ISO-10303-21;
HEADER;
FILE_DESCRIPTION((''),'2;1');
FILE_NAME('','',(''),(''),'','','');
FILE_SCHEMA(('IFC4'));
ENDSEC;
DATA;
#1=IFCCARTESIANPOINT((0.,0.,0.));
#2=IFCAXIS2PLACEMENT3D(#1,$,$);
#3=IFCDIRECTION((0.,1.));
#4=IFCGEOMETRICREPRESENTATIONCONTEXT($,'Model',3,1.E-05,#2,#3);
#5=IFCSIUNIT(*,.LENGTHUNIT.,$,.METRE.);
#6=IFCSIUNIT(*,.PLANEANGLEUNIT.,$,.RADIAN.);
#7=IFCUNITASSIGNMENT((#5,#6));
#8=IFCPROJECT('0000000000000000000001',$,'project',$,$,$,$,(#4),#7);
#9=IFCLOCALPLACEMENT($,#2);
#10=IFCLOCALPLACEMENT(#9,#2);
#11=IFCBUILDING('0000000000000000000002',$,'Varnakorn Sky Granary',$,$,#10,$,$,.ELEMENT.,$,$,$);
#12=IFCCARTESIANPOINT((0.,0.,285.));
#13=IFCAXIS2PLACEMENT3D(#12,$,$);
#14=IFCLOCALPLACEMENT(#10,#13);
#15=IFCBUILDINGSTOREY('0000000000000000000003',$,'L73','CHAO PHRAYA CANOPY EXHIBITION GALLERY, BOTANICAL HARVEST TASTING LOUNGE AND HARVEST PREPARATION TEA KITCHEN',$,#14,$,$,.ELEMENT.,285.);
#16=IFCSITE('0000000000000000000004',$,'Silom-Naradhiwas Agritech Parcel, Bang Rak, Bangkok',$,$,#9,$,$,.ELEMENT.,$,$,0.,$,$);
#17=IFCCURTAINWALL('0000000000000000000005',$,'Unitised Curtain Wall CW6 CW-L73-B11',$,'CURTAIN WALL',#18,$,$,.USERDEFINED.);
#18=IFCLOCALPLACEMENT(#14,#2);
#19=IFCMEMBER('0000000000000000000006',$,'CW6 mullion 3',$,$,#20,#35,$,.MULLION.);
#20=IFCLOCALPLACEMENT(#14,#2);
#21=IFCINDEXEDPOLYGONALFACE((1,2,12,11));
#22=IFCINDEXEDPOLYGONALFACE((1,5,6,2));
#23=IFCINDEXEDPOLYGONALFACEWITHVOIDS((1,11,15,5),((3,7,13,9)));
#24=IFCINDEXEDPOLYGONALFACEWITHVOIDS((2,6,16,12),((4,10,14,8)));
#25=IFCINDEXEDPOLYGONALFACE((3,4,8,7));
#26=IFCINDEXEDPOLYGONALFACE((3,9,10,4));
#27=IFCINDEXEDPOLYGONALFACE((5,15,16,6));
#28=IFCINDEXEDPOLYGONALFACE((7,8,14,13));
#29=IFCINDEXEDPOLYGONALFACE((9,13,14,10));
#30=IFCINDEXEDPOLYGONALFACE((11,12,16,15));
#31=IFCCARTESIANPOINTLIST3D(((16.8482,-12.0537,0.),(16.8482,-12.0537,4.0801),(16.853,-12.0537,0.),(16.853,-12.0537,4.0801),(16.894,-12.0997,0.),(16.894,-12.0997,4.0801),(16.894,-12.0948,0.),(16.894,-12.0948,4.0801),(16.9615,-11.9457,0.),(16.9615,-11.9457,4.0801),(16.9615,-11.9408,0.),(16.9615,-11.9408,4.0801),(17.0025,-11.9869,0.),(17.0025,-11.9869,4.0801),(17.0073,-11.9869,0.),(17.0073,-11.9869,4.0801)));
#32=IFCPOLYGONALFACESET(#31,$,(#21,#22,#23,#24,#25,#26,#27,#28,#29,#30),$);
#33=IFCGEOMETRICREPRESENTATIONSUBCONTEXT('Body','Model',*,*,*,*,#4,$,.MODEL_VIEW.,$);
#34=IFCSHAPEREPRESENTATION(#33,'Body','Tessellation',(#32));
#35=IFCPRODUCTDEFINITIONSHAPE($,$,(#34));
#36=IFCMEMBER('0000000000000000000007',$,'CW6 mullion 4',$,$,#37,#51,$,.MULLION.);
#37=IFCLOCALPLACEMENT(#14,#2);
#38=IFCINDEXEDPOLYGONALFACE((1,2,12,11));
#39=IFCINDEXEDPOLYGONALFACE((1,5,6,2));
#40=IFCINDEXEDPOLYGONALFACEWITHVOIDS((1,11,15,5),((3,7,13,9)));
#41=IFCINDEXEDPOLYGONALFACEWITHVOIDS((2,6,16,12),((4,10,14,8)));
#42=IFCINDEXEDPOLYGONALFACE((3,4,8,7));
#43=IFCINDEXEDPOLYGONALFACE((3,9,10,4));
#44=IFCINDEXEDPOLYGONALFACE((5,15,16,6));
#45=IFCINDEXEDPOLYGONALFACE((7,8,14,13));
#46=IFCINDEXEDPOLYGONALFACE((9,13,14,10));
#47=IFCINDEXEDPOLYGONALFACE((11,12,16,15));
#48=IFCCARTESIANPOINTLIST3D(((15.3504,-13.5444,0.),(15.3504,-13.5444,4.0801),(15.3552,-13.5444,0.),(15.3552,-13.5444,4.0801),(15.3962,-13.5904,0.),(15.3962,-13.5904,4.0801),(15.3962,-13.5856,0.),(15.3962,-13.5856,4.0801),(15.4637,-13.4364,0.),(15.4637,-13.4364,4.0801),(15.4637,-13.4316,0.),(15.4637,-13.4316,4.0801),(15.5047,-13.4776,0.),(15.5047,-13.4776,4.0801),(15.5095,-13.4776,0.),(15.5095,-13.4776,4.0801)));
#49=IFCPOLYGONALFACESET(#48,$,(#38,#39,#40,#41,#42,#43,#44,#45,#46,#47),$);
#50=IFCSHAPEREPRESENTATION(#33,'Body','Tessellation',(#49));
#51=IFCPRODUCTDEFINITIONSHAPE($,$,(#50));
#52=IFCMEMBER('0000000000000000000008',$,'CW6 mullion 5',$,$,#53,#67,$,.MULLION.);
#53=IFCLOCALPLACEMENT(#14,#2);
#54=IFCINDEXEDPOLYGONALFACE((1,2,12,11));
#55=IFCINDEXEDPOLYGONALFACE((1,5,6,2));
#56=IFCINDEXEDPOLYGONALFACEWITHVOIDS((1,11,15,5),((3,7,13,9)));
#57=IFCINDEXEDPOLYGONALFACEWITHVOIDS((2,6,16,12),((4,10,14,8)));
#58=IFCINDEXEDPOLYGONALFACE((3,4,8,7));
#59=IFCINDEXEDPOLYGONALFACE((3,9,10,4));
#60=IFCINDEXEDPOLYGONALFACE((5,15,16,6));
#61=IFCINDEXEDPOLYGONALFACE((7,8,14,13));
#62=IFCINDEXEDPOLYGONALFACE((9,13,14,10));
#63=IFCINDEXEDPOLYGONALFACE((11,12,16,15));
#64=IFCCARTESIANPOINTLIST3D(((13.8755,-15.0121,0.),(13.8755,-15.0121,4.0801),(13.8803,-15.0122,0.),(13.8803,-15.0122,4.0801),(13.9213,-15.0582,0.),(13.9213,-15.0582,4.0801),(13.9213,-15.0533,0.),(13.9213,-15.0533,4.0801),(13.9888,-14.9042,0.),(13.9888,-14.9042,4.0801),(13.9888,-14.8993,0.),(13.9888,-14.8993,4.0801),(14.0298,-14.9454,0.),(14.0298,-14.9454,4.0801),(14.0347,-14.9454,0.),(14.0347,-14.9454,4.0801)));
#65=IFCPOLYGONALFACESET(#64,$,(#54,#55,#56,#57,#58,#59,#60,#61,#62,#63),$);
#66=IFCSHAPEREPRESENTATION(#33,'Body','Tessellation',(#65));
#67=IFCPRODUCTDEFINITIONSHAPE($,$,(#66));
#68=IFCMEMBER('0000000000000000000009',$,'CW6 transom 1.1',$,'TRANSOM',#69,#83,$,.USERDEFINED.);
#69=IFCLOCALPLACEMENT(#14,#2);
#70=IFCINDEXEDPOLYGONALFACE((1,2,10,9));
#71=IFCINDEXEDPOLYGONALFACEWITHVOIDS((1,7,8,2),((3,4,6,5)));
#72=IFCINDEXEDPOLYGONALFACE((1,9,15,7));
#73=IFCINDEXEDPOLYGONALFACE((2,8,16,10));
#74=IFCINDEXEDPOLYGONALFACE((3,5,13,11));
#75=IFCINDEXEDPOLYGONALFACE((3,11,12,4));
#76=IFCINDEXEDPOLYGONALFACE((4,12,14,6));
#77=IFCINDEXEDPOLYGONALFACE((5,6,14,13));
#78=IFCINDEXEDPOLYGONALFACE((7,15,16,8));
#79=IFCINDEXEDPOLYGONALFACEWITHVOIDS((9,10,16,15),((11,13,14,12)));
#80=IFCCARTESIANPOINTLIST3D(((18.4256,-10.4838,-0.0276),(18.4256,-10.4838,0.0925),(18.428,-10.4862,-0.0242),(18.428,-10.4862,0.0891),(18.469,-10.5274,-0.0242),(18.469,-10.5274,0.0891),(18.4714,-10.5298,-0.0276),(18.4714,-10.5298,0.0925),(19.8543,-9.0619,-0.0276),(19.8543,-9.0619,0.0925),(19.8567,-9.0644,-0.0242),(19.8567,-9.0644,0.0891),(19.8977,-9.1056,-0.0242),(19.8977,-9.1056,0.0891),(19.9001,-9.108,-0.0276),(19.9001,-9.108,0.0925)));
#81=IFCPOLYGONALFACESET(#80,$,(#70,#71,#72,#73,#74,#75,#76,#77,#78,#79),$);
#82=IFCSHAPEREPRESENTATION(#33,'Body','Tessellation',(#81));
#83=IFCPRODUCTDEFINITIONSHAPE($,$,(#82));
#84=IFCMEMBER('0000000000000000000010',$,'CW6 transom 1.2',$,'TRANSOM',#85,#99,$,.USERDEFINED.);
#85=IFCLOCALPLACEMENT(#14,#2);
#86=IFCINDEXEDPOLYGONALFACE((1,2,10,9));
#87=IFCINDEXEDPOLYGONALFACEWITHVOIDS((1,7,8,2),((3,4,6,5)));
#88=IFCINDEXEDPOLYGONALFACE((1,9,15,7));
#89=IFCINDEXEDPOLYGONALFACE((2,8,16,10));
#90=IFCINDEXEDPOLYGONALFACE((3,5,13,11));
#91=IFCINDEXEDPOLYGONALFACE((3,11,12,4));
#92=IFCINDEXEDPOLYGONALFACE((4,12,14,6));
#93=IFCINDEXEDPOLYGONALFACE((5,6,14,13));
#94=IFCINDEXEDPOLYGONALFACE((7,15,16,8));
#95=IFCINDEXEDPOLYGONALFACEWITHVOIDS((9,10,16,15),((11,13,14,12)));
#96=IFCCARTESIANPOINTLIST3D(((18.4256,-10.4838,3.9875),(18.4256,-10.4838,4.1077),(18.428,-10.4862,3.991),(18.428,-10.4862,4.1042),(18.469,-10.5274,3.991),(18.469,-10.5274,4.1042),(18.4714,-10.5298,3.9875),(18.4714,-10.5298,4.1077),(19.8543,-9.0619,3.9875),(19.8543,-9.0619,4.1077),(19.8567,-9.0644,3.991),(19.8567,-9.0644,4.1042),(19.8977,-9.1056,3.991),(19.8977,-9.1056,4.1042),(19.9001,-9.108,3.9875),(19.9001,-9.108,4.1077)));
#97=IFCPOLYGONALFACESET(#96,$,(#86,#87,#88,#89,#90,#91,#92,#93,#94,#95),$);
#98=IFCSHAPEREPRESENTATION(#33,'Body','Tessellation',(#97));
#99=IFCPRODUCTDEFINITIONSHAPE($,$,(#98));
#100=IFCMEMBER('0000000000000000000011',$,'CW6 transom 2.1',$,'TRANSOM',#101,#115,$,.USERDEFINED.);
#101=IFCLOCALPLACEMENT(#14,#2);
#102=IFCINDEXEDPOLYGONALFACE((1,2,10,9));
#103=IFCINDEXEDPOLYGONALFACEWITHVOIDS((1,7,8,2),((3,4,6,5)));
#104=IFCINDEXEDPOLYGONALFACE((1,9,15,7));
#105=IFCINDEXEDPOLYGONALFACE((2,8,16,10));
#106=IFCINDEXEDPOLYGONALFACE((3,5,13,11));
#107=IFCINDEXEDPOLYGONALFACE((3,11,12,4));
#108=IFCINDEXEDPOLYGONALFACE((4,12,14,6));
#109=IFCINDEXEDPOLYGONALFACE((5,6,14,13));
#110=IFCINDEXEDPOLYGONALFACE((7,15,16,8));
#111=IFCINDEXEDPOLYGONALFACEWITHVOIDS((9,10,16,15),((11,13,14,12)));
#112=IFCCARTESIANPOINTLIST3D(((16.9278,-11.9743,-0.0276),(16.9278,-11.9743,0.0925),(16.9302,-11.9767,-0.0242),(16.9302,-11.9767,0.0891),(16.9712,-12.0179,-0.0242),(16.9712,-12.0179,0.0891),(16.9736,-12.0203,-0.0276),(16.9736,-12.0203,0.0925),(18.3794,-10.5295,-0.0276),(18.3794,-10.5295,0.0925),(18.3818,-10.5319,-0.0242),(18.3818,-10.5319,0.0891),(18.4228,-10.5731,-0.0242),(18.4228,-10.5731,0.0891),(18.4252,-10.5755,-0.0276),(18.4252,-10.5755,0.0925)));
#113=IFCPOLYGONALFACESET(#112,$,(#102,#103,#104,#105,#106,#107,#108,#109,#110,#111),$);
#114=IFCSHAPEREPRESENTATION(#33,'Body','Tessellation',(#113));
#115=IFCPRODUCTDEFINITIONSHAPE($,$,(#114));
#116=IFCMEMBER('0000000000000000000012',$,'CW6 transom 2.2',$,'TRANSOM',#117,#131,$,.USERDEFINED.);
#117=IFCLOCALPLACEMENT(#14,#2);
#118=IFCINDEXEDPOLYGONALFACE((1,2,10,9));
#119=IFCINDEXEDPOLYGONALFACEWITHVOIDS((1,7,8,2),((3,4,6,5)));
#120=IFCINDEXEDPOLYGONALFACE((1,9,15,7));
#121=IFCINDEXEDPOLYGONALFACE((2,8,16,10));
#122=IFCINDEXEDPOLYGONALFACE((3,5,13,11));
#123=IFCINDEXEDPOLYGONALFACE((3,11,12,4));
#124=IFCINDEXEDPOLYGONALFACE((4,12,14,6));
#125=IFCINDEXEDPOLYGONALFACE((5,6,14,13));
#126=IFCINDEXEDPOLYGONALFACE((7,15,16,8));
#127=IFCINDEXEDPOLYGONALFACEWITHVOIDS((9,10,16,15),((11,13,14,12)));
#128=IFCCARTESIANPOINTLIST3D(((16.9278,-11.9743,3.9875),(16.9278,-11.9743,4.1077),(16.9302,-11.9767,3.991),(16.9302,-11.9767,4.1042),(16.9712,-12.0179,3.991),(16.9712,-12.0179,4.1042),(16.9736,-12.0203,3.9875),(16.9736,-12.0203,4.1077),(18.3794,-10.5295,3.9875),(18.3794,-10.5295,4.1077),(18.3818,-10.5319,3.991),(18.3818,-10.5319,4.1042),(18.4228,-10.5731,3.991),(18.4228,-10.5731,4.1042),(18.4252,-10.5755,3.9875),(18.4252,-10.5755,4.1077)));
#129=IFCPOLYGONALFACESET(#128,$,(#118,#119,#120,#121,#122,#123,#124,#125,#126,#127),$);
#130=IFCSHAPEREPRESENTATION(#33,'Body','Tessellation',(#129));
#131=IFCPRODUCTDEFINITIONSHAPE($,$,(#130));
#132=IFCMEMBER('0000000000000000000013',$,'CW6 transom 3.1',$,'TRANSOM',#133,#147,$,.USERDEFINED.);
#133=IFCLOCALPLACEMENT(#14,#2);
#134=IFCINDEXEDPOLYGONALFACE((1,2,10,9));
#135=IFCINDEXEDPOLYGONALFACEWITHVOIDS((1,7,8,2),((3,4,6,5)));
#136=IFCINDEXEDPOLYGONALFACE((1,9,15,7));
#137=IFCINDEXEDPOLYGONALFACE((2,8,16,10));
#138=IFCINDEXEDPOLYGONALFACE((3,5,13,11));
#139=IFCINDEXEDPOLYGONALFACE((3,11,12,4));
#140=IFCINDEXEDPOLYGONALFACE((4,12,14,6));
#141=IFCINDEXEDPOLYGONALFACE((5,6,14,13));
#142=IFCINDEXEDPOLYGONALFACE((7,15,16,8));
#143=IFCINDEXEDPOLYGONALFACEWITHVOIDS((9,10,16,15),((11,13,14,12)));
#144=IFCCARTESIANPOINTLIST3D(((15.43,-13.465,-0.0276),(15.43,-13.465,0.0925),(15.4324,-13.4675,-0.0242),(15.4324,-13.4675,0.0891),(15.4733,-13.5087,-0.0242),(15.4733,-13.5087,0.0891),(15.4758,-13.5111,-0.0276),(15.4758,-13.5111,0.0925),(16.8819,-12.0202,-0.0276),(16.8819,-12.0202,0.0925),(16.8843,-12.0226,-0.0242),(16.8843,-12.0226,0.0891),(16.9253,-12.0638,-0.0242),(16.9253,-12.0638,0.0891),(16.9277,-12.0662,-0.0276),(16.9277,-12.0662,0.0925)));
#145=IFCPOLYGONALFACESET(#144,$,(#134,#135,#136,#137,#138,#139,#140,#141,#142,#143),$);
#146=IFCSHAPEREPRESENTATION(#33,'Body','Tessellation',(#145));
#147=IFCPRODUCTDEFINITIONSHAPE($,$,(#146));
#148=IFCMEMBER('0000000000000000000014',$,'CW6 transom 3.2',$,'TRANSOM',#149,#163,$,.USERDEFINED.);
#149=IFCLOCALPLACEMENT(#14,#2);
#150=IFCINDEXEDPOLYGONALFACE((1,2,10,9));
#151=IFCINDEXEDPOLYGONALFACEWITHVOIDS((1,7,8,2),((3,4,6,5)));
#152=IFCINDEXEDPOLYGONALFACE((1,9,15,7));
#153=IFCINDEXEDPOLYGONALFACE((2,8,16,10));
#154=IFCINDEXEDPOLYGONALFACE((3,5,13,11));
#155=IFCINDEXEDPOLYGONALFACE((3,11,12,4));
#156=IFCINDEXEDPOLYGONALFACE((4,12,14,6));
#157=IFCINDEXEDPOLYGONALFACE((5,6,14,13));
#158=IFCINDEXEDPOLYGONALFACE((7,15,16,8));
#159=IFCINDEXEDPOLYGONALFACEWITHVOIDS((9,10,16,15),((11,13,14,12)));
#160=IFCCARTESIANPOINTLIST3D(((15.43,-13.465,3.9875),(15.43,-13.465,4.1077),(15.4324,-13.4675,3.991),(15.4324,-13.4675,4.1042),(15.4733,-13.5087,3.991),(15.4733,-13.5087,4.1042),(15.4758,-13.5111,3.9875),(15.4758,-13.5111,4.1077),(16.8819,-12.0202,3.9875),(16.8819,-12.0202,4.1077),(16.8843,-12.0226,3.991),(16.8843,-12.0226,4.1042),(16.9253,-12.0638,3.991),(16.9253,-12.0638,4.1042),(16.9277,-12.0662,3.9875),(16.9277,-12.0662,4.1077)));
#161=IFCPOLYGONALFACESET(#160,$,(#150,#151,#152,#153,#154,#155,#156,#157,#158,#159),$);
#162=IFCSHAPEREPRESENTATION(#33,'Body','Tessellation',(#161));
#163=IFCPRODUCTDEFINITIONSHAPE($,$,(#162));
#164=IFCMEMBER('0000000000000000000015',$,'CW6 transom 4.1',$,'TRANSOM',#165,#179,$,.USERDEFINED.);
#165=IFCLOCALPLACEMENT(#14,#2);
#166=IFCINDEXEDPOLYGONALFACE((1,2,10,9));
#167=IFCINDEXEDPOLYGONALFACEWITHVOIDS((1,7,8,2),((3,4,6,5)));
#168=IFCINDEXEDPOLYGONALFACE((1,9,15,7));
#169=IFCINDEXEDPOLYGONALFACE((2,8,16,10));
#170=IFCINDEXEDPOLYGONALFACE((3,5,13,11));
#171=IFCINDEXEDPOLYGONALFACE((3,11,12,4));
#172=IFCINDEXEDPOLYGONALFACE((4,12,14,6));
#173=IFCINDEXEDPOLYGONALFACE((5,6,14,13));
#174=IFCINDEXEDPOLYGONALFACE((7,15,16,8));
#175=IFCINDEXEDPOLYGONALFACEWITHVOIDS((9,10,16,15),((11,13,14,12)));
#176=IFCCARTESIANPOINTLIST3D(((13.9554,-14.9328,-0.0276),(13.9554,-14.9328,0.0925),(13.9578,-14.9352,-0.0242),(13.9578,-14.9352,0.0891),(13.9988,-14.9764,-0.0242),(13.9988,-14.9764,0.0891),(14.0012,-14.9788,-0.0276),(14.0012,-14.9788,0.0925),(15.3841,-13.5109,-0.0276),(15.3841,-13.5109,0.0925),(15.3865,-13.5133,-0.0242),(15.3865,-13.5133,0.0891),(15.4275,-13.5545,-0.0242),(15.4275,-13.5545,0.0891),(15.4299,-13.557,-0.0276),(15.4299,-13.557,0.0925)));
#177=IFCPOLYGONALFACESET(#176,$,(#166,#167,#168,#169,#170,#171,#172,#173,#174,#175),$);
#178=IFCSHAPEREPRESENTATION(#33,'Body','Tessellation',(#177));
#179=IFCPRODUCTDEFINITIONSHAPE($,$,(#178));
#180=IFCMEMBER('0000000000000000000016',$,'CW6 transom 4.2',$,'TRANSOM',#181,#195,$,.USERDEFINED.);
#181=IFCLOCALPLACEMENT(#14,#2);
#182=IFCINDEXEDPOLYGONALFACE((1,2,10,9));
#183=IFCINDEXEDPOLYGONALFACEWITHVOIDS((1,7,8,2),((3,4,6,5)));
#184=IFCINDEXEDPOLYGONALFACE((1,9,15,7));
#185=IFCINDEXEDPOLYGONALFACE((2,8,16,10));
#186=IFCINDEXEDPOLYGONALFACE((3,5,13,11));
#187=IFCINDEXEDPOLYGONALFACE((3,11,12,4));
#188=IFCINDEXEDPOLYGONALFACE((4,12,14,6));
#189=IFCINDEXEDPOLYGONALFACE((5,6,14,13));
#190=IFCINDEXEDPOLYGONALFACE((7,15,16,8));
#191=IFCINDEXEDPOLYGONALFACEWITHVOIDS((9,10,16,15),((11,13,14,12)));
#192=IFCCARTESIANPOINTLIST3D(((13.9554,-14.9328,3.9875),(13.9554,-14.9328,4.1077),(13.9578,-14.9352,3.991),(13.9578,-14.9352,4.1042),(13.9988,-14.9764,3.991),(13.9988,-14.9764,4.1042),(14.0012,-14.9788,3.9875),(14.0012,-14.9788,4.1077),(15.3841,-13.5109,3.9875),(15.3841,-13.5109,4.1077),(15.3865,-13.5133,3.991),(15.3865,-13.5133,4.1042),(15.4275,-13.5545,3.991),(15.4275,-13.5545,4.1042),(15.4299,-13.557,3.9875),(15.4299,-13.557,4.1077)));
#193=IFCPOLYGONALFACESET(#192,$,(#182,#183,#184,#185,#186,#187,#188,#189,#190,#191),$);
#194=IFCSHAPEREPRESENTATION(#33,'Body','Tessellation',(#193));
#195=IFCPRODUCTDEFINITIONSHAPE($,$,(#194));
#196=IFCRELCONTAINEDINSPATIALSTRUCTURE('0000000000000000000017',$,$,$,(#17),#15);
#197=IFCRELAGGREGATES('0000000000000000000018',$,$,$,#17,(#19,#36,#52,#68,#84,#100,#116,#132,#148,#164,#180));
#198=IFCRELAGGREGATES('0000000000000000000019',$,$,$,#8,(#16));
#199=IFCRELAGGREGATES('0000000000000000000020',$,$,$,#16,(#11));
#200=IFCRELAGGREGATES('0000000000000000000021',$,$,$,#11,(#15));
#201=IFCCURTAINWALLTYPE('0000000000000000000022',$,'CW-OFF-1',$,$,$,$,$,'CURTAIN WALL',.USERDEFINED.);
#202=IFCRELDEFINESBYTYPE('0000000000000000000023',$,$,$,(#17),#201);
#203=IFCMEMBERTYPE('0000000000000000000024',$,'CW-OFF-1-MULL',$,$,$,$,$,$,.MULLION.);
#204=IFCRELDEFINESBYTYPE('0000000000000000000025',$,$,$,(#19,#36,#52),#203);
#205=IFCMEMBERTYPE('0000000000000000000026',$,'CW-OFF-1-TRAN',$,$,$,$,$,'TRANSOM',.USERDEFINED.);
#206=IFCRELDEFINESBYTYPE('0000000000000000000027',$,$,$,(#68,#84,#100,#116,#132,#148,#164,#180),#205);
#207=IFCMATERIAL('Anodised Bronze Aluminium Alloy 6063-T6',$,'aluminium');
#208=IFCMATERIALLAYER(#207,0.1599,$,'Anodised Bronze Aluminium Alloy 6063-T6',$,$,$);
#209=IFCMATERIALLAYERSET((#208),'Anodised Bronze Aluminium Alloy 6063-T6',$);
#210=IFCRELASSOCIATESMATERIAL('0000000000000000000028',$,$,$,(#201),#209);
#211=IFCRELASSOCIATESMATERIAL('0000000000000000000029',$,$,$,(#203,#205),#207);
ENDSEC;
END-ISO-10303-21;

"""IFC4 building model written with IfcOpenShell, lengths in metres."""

from ifc_helpers import new_model, si_unit, direction, frame, origin, origin_2d, place, context, subcontext, project, spatial, hollow_rectangle, extrude, material, layer, layer_set, material_profile, profile_set, type_object, element, aggregate, save


model = new_model("IFC4")

# Units and contexts
model_context = context("Model", 3, precision=1e-05, world=origin(), true_north=direction((0.0, 1.0)))
body_context = subcontext(model_context, "Body", "Model", "MODEL_VIEW")
ifc_project = project(units=[si_unit("LENGTHUNIT", "METRE"), si_unit("PLANEANGLEUNIT", "RADIAN")], contexts=[model_context])

# Site, building, storey
site_placement = place(None, origin())
site = spatial("IfcSite", under=ifc_project, at=site_placement, Name="Silom-Naradhiwas Agritech Parcel, Bang Rak, Bangkok", CompositionType="ELEMENT", RefElevation=0.0)
building_placement = place(site_placement, origin())
building = spatial("IfcBuilding", under=site, at=building_placement, Name="Varnakorn Sky Granary", CompositionType="ELEMENT")
storey_placement = place(building_placement, frame((0.0, 0.0, 285.0)))
storey = spatial("IfcBuildingStorey", under=building, at=storey_placement, Name="L73", Description="CHAO PHRAYA CANOPY EXHIBITION GALLERY, BOTANICAL HARVEST TASTING LOUNGE AND HARVEST PREPARATION TEA KITCHEN", CompositionType="ELEMENT", Elevation=285.0)

# Curtain wall, members
ifc_material_1 = material(Name="Anodised Bronze Aluminium Alloy 6063-T6", Category="aluminium")
ifc_layer_1 = layer(ifc_material_1, 0.1599, Name="Anodised Bronze Aluminium Alloy 6063-T6")
ifc_layer_set_1 = layer_set([ifc_layer_1], Name="Anodised Bronze Aluminium Alloy 6063-T6")
curtain_wall_type = type_object("IfcCurtainWallType", Name="CW-OFF-1", ElementType="CURTAIN WALL", PredefinedType="USERDEFINED", material=ifc_layer_set_1)
curtain_wall_placement = place(storey_placement, origin())
curtain_wall = element("IfcCurtainWall", 1, at=curtain_wall_placement, inside=storey, type_object=curtain_wall_type, Name="Unitised Curtain Wall CW6 CW-L73-B11", ObjectType="CURTAIN WALL", PredefinedType="USERDEFINED")
ifc_material_profile_1 = material_profile(ifc_material_1, hollow_rectangle(XDim=0.0649, YDim=0.1599, WallThickness=0.0034, at=origin_2d()), Name="ALU MULL 65x160")
ifc_profile_set_1 = profile_set([ifc_material_profile_1], Name="Anodised Bronze Aluminium Alloy 6063-T6")
member_type_1 = type_object("IfcMemberType", Name="CW-OFF-1-MULL", PredefinedType="MULLION", material=ifc_profile_set_1)
member_1_placement = place(storey_placement, frame((16.9277, -12.0203, 0.0), z_axis=(0.0, 0.0, 1.0), x_axis=(0.705419, -0.708791, 0.0)))
member_1 = element("IfcMember", 2, at=member_1_placement, type_object=member_type_1, Name="CW6 mullion 3", PredefinedType="MULLION", context=body_context, shape_type="SweptSolid", body=[
    extrude(hollow_rectangle(XDim=0.0649, YDim=0.1599, WallThickness=0.0034, at=origin_2d()), origin(), (0.0, 0.0, 1.0), 4.0801),
])
member_2_placement = place(storey_placement, frame((15.4299, -13.511, 0.0), z_axis=(0.0, 0.0, 1.0), x_axis=(0.705419, -0.708791, 0.0)))
member_2 = element("IfcMember", 3, at=member_2_placement, type_object=member_type_1, Name="CW6 mullion 4", PredefinedType="MULLION", context=body_context, shape_type="SweptSolid", body=[
    extrude(hollow_rectangle(XDim=0.0649, YDim=0.1599, WallThickness=0.0034, at=origin_2d()), origin(), (0.0, 0.0, 1.0), 4.0801),
])
member_3_placement = place(storey_placement, frame((13.9551, -14.9788, 0.0), z_axis=(0.0, 0.0, 1.0), x_axis=(0.705419, -0.708791, 0.0)))
member_3 = element("IfcMember", 4, at=member_3_placement, type_object=member_type_1, Name="CW6 mullion 5", PredefinedType="MULLION", context=body_context, shape_type="SweptSolid", body=[
    extrude(hollow_rectangle(XDim=0.0649, YDim=0.1599, WallThickness=0.0034, at=origin_2d()), origin(), (0.0, 0.0, 1.0), 4.0801),
])
ifc_material_profile_2 = material_profile(ifc_material_1, hollow_rectangle(XDim=0.0649, YDim=0.1201, WallThickness=0.0034, at=origin_2d()), Name="ALU TRAN 65x120")
ifc_profile_set_2 = profile_set([ifc_material_profile_2], Name="Anodised Bronze Aluminium Alloy 6063-T6")
member_type_2 = type_object("IfcMemberType", Name="CW-OFF-1-TRAN", ElementType="TRANSOM", PredefinedType="USERDEFINED", material=ifc_profile_set_2)
member_4_placement = place(storey_placement, frame((19.8772, -9.085, 0.0325), z_axis=(-0.7088, -0.705409, 0.0), x_axis=(0.705409, -0.7088, 0.0)))
member_4 = element("IfcMember", 5, at=member_4_placement, type_object=member_type_2, Name="CW6 transom 1.1", ObjectType="TRANSOM", PredefinedType="USERDEFINED", context=body_context, shape_type="SweptSolid", body=[
    extrude(hollow_rectangle(XDim=0.0649, YDim=0.1201, WallThickness=0.0034, at=origin_2d()), origin(), (0.0, 0.0, 1.0), 2.0156),
])
member_5_placement = place(storey_placement, frame((19.8772, -9.085, 4.0476), z_axis=(-0.7088, -0.705409, 0.0), x_axis=(0.705409, -0.7088, 0.0)))
member_5 = element("IfcMember", 6, at=member_5_placement, type_object=member_type_2, Name="CW6 transom 1.2", ObjectType="TRANSOM", PredefinedType="USERDEFINED", context=body_context, shape_type="SweptSolid", body=[
    extrude(hollow_rectangle(XDim=0.0649, YDim=0.1201, WallThickness=0.0034, at=origin_2d()), origin(), (0.0, 0.0, 1.0), 2.0156),
])
member_6_placement = place(storey_placement, frame((18.4023, -10.5525, 0.0325), z_axis=(-0.708774, -0.705436, 0.0), x_axis=(0.705436, -0.708774, 0.0)))
member_6 = element("IfcMember", 7, at=member_6_placement, type_object=member_type_2, Name="CW6 transom 2.1", ObjectType="TRANSOM", PredefinedType="USERDEFINED", context=body_context, shape_type="SweptSolid", body=[
    extrude(hollow_rectangle(XDim=0.0649, YDim=0.1201, WallThickness=0.0034, at=origin_2d()), origin(), (0.0, 0.0, 1.0), 2.0481),
])
member_7_placement = place(storey_placement, frame((18.4023, -10.5525, 4.0476), z_axis=(-0.708774, -0.705436, 0.0), x_axis=(0.705436, -0.708774, 0.0)))
member_7 = element("IfcMember", 8, at=member_7_placement, type_object=member_type_2, Name="CW6 transom 2.2", ObjectType="TRANSOM", PredefinedType="USERDEFINED", context=body_context, shape_type="SweptSolid", body=[
    extrude(hollow_rectangle(XDim=0.0649, YDim=0.1201, WallThickness=0.0034, at=origin_2d()), origin(), (0.0, 0.0, 1.0), 2.0481),
])
member_8_placement = place(storey_placement, frame((16.9048, -12.0432, 0.0325), z_axis=(-0.708833, -0.705376, 0.0), x_axis=(0.705376, -0.708833, 0.0)))
member_8 = element("IfcMember", 9, at=member_8_placement, type_object=member_type_2, Name="CW6 transom 3.1", ObjectType="TRANSOM", PredefinedType="USERDEFINED", context=body_context, shape_type="SweptSolid", body=[
    extrude(hollow_rectangle(XDim=0.0649, YDim=0.1201, WallThickness=0.0034, at=origin_2d()), origin(), (0.0, 0.0, 1.0), 2.0483),
])
member_9_placement = place(storey_placement, frame((16.9048, -12.0432, 4.0476), z_axis=(-0.708833, -0.705376, 0.0), x_axis=(0.705376, -0.708833, 0.0)))
member_9 = element("IfcMember", 10, at=member_9_placement, type_object=member_type_2, Name="CW6 transom 3.2", ObjectType="TRANSOM", PredefinedType="USERDEFINED", context=body_context, shape_type="SweptSolid", body=[
    extrude(hollow_rectangle(XDim=0.0649, YDim=0.1201, WallThickness=0.0034, at=origin_2d()), origin(), (0.0, 0.0, 1.0), 2.0483),
])
member_10_placement = place(storey_placement, frame((15.407, -13.5339, 0.0325), z_axis=(-0.7088, -0.705409, 0.0), x_axis=(0.705409, -0.7088, 0.0)))
member_10 = element("IfcMember", 11, at=member_10_placement, type_object=member_type_2, Name="CW6 transom 4.1", ObjectType="TRANSOM", PredefinedType="USERDEFINED", context=body_context, shape_type="SweptSolid", body=[
    extrude(hollow_rectangle(XDim=0.0649, YDim=0.1201, WallThickness=0.0034, at=origin_2d()), origin(), (0.0, 0.0, 1.0), 2.0156),
])
member_11_placement = place(storey_placement, frame((15.407, -13.5339, 4.0476), z_axis=(-0.7088, -0.705409, 0.0), x_axis=(0.705409, -0.7088, 0.0)))
member_11 = element("IfcMember", 12, at=member_11_placement, type_object=member_type_2, Name="CW6 transom 4.2", ObjectType="TRANSOM", PredefinedType="USERDEFINED", context=body_context, shape_type="SweptSolid", body=[
    extrude(hollow_rectangle(XDim=0.0649, YDim=0.1201, WallThickness=0.0034, at=origin_2d()), origin(), (0.0, 0.0, 1.0), 2.0156),
])

aggregate(curtain_wall, [member_1, member_2, member_3, member_4, member_5, member_6, member_7, member_8, member_9, member_10, member_11])

save(model, "model.ifc")
